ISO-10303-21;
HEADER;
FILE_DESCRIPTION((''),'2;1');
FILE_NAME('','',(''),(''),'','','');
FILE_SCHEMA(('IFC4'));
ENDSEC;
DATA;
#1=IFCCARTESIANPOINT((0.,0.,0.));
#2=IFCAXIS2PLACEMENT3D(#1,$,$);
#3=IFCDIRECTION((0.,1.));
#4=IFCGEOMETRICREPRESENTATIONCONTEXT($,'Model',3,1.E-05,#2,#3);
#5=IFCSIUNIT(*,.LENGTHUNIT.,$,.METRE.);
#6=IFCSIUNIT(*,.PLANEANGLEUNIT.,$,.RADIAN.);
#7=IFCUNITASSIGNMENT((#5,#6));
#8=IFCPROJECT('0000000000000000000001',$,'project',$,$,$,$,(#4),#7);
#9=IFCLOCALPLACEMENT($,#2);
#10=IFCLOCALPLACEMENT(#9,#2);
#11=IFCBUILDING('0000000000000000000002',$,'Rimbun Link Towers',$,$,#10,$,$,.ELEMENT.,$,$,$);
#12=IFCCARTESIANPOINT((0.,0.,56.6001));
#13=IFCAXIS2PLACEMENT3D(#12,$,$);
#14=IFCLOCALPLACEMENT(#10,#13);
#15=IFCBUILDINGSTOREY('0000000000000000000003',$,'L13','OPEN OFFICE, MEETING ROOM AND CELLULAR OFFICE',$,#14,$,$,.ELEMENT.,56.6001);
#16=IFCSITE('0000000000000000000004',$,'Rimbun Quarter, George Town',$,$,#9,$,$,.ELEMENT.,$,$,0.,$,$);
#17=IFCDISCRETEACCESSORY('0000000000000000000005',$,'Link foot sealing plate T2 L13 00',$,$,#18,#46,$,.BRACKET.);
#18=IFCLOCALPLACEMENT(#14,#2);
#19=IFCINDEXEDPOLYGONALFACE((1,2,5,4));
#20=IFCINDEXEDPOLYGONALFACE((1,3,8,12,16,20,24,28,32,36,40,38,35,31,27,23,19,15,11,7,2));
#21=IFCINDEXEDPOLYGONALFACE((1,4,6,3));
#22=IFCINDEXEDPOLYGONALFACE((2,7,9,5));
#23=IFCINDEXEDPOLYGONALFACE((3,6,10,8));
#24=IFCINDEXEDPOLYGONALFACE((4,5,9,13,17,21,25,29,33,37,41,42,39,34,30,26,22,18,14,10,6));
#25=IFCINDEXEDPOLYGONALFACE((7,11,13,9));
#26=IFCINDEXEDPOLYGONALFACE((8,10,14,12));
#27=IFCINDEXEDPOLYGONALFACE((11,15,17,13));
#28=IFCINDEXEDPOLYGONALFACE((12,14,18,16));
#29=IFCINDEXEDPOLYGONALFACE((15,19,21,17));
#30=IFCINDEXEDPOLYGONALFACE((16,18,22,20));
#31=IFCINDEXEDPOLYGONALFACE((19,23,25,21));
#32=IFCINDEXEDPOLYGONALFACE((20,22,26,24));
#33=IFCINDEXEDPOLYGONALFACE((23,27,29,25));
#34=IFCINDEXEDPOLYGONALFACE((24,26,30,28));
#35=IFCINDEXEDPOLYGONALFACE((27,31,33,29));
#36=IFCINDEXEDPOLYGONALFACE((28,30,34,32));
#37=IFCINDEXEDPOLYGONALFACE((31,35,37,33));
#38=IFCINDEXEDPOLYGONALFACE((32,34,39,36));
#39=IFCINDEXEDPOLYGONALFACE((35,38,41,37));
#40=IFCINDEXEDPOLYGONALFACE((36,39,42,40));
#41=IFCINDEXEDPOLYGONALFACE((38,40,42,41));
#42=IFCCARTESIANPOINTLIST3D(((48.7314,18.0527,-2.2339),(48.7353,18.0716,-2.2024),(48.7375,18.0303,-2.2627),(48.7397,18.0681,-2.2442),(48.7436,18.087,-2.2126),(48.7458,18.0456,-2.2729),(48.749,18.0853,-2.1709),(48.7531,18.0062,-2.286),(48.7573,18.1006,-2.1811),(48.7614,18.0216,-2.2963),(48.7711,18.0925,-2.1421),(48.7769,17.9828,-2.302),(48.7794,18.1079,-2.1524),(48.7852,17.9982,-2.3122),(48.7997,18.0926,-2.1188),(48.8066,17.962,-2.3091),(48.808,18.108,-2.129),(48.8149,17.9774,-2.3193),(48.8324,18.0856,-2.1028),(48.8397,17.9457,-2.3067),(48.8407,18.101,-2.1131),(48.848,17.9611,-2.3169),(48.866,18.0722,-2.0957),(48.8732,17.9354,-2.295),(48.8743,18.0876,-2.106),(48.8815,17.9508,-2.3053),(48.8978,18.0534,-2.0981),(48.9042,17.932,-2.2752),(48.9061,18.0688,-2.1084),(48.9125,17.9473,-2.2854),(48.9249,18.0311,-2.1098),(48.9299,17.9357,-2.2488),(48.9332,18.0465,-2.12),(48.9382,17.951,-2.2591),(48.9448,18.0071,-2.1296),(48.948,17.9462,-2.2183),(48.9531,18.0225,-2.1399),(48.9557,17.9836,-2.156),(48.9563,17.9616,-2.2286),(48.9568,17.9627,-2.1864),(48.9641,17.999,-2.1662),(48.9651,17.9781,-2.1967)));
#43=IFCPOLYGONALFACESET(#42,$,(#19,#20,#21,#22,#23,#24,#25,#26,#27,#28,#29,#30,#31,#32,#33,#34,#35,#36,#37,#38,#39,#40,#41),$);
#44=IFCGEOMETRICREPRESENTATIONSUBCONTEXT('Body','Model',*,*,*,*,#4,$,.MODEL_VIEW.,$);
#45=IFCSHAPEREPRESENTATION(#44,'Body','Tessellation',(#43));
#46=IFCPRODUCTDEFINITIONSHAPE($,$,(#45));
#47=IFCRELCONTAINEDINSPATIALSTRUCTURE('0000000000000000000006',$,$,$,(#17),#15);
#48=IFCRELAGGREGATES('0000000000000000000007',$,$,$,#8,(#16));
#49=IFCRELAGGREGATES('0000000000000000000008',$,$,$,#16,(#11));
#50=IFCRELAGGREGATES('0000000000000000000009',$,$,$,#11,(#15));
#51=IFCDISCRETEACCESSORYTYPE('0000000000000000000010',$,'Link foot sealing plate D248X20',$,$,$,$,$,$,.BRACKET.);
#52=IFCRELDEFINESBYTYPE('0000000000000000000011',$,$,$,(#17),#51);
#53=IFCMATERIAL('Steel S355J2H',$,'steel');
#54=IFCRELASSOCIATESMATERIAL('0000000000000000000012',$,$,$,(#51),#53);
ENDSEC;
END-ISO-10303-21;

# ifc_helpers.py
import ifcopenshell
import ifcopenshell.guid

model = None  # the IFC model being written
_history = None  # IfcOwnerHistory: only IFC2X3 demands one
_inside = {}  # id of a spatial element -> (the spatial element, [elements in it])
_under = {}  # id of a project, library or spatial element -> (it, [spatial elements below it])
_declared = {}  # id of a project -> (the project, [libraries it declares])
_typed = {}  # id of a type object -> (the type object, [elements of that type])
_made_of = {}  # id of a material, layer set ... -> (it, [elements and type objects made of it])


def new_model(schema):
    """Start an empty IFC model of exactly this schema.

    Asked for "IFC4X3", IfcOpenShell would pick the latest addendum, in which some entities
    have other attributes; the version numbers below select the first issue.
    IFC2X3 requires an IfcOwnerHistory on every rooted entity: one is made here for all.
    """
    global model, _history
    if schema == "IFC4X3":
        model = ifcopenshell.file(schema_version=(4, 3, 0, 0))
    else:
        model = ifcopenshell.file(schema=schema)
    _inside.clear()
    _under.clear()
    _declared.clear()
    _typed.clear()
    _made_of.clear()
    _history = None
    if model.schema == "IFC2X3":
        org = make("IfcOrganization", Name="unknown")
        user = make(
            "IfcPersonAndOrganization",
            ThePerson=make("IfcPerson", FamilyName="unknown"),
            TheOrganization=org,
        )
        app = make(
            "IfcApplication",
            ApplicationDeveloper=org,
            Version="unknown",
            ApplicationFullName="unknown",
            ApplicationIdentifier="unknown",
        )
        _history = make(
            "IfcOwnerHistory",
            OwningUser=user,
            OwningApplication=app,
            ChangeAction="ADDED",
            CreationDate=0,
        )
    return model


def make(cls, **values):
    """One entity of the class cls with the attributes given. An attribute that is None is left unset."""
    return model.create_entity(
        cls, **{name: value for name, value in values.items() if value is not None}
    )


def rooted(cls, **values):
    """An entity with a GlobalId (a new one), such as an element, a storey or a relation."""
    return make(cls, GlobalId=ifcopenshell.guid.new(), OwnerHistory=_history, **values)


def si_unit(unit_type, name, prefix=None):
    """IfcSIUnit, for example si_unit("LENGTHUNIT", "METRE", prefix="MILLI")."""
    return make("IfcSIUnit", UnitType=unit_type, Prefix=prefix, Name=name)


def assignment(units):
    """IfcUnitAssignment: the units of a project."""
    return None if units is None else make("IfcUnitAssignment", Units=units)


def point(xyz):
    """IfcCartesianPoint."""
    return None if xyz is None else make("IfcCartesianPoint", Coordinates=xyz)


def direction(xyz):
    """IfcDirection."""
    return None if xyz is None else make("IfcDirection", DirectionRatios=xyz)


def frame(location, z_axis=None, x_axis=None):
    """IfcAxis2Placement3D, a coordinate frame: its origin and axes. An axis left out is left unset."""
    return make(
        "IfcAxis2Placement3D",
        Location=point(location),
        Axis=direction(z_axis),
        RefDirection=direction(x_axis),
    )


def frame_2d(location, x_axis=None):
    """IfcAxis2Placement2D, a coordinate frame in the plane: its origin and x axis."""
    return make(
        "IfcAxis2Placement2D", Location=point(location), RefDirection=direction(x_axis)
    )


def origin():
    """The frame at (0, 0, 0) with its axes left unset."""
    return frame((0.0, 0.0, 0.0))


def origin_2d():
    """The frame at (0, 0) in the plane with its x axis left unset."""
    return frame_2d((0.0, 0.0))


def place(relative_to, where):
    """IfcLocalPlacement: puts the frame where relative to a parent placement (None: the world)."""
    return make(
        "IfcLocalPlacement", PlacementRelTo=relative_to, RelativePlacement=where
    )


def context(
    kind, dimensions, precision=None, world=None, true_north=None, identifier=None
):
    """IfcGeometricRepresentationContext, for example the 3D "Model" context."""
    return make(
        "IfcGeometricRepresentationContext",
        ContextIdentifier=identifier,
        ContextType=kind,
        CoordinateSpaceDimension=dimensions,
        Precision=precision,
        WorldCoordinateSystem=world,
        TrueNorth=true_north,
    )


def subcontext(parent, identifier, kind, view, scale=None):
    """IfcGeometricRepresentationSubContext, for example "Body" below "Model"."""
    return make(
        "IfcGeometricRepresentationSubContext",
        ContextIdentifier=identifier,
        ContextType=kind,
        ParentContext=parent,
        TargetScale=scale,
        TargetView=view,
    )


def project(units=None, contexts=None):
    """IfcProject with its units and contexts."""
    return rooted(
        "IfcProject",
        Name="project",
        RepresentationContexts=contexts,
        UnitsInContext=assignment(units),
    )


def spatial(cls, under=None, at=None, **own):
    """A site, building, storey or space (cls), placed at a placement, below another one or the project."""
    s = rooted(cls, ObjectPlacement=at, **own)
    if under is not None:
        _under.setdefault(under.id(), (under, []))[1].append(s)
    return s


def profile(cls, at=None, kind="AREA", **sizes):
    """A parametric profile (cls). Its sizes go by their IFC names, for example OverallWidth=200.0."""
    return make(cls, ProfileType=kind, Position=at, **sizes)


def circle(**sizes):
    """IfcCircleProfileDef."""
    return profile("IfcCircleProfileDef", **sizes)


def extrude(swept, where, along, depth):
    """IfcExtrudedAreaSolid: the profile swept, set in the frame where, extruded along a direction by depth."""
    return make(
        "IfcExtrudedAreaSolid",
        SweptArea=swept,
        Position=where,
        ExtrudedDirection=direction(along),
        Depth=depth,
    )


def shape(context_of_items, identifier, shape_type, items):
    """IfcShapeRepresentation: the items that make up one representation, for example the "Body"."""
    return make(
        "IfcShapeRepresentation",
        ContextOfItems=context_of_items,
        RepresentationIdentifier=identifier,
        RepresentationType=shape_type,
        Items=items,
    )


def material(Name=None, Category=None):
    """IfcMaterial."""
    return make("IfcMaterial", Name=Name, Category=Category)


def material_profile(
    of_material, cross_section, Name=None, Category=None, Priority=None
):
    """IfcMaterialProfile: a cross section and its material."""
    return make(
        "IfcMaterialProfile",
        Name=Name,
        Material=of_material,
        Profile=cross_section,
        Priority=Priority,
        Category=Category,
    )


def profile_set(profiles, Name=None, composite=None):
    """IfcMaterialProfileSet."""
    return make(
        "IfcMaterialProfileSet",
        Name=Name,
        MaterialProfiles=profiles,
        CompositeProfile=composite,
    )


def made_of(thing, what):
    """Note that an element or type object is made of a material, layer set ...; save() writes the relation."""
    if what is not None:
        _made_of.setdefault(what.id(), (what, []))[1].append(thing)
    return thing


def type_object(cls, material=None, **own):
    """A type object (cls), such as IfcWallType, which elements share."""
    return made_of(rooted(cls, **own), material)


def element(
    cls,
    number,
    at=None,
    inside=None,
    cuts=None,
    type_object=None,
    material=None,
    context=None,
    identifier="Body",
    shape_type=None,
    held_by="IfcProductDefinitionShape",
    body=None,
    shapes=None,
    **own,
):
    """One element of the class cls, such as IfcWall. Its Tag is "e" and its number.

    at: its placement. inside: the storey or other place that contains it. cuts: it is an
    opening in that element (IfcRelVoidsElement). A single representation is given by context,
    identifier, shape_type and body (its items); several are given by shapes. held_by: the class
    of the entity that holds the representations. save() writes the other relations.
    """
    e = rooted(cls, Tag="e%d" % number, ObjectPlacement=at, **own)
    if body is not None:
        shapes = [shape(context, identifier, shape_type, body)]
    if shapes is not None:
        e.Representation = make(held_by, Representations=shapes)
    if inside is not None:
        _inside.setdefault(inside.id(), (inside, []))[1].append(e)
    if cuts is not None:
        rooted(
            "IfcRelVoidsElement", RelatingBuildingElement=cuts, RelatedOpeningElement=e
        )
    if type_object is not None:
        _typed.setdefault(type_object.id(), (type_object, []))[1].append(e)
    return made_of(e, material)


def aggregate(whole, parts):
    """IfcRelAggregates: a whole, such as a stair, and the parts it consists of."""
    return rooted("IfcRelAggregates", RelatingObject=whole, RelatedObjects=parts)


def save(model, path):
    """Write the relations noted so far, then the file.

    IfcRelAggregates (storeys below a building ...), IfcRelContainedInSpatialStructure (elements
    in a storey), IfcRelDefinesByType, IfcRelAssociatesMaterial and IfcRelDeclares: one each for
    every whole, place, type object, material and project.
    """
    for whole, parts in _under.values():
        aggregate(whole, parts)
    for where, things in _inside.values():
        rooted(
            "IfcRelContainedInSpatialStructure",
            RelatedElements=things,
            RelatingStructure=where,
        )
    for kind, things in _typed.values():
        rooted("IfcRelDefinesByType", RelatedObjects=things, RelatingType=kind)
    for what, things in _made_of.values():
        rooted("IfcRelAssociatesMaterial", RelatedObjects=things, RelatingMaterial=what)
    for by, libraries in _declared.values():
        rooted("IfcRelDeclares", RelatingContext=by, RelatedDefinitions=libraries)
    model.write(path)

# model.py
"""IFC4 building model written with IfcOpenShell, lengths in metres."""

from ifc_helpers import new_model, si_unit, direction, frame, origin, origin_2d, place, context, subcontext, project, spatial, circle, extrude, material, material_profile, profile_set, type_object, element, save


model = new_model("IFC4")

# Units and contexts
model_context = context("Model", 3, precision=1e-05, world=origin(), true_north=direction((0.0, 1.0)))
body_context = subcontext(model_context, "Body", "Model", "MODEL_VIEW")
ifc_project = project(units=[si_unit("LENGTHUNIT", "METRE"), si_unit("PLANEANGLEUNIT", "RADIAN")], contexts=[model_context])

# Site, building, storey
site_placement = place(None, origin())
site = spatial("IfcSite", under=ifc_project, at=site_placement, Name="Rimbun Quarter, George Town", CompositionType="ELEMENT", RefElevation=0.0)
building_placement = place(site_placement, origin())
building = spatial("IfcBuilding", under=site, at=building_placement, Name="Rimbun Link Towers", CompositionType="ELEMENT")
storey_placement = place(building_placement, frame((0.0, 0.0, 56.6001)))
storey = spatial("IfcBuildingStorey", under=building, at=storey_placement, Name="L13", Description="OPEN OFFICE, MEETING ROOM AND CELLULAR OFFICE", CompositionType="ELEMENT", Elevation=56.6001)

# Discrete accessory
ifc_material_1 = material(Name="Steel S355J2H", Category="steel")
ifc_material_profile_1 = material_profile(ifc_material_1, circle(Radius=0.124, at=origin_2d()), Name="PL D248")
ifc_profile_set_1 = profile_set([ifc_material_profile_1], Name="Steel S355J2H")
discrete_accessory_type = type_object("IfcDiscreteAccessoryType", Name="Link foot sealing plate D248X20", PredefinedType="BRACKET", material=ifc_profile_set_1)
discrete_accessory_placement = place(storey_placement, frame((48.8445, 18.0127, -2.2024), z_axis=(0.409639, 0.759036, -0.506024), x_axis=(-0.880022, 0.474933, 0.0)))
element("IfcDiscreteAccessory", 1, at=discrete_accessory_placement, inside=storey, type_object=discrete_accessory_type, Name="Link foot sealing plate T2 L13 00", PredefinedType="BRACKET", context=body_context, shape_type="SweptSolid", body=[
    extrude(circle(Radius=0.124, at=origin_2d()), origin(), (0.0, 0.0, 1.0), 0.0203),
])

save(model, "model.ifc")
